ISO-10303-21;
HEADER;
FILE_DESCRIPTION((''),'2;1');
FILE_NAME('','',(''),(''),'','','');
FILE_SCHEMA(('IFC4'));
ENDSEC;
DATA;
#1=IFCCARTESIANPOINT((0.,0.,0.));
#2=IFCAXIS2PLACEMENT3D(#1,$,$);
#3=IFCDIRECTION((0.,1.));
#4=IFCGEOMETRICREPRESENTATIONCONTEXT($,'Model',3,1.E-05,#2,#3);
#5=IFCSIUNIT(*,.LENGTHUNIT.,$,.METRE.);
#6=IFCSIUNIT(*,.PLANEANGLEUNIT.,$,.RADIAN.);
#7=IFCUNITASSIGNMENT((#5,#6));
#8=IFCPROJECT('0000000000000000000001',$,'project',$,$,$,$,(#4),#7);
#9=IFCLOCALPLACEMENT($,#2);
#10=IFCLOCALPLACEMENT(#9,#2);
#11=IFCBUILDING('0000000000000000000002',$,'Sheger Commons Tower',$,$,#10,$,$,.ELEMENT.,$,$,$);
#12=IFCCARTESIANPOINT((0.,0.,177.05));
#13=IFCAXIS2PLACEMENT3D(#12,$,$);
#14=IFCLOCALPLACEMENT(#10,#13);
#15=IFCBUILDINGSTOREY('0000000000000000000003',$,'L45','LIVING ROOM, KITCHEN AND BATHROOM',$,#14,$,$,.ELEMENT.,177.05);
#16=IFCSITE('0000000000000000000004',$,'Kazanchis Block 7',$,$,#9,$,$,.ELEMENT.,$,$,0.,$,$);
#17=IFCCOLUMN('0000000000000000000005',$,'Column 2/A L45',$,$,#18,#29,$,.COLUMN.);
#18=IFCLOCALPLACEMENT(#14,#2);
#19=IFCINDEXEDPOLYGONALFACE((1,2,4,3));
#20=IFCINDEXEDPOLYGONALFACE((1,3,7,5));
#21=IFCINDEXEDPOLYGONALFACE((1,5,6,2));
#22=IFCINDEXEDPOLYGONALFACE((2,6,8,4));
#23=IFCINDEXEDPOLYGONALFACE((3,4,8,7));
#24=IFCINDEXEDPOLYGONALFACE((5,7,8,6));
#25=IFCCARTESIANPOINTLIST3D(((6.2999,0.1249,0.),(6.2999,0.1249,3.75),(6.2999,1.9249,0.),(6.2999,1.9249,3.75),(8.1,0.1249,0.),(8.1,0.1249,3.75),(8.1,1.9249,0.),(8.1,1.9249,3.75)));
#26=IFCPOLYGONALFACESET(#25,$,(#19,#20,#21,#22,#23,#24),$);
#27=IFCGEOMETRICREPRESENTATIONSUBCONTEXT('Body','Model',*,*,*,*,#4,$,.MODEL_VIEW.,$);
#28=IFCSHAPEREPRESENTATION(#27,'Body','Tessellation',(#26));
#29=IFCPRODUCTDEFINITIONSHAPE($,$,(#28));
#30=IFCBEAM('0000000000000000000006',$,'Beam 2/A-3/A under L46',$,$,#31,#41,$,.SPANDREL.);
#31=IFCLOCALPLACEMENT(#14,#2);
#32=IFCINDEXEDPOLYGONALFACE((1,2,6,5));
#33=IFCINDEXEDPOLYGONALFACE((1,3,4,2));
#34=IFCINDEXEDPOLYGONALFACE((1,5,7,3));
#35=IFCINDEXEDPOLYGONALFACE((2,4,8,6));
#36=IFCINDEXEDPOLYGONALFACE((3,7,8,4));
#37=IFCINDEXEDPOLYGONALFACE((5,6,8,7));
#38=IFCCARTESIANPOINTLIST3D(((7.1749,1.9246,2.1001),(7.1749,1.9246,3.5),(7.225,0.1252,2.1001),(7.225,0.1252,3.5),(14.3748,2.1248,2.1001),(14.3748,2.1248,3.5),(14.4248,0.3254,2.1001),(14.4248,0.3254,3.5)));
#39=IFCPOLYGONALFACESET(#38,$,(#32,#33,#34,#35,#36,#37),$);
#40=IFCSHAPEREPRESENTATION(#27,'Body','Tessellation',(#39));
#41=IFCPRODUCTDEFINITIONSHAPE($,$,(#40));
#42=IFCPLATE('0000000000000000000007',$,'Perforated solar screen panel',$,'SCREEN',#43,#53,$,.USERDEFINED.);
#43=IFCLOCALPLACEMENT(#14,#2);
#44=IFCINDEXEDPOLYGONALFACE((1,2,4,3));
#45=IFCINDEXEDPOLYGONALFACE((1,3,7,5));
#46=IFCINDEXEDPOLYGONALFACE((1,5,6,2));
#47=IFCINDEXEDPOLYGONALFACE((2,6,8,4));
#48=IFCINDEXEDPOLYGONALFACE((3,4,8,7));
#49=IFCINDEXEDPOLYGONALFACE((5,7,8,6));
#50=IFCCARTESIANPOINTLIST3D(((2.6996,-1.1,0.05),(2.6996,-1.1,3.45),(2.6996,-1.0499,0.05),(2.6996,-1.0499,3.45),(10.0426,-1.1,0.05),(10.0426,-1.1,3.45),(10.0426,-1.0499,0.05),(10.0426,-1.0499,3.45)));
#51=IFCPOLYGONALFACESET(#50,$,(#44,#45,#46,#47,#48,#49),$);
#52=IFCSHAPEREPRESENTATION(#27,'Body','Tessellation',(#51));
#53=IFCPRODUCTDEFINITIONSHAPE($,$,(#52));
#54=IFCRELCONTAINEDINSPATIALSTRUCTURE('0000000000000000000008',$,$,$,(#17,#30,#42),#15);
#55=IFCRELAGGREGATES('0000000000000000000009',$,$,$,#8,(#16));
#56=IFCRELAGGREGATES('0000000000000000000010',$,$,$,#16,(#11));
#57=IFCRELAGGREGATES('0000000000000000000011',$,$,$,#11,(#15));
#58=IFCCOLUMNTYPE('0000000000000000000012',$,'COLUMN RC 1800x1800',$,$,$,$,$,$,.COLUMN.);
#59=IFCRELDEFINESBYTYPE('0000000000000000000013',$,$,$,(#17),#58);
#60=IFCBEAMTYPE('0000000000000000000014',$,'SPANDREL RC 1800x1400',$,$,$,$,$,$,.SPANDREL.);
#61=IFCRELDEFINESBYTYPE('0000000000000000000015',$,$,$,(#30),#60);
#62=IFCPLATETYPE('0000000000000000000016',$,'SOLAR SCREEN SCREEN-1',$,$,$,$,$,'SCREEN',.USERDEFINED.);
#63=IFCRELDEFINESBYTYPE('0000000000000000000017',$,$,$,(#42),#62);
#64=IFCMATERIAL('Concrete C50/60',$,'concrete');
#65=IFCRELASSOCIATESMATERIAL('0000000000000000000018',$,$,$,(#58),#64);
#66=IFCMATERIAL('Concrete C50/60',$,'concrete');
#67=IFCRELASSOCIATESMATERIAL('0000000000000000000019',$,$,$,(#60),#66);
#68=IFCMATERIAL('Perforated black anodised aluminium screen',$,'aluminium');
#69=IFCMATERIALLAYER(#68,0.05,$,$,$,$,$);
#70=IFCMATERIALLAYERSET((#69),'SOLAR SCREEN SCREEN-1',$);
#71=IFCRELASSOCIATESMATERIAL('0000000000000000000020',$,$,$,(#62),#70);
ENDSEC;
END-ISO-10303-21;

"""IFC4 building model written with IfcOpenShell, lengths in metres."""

from ifc_helpers import new_model, si_unit, direction, frame, origin, origin_2d, place, context, subcontext, project, spatial, rectangle, extrude, material, layer, layer_set, material_profile, profile_set, type_object, element, save


model = new_model("IFC4")

# Units and contexts
model_context = context("Model", 3, precision=1e-05, world=origin(), true_north=direction((0.0, 1.0)))
body_context = subcontext(model_context, "Body", "Model", "MODEL_VIEW")
ifc_project = project(units=[si_unit("LENGTHUNIT", "METRE"), si_unit("PLANEANGLEUNIT", "RADIAN")], contexts=[model_context])

# Site, building, storey
site_placement = place(None, origin())
site = spatial("IfcSite", under=ifc_project, at=site_placement, Name="Kazanchis Block 7", CompositionType="ELEMENT", RefElevation=0.0)
building_placement = place(site_placement, origin())
building = spatial("IfcBuilding", under=site, at=building_placement, Name="Sheger Commons Tower", CompositionType="ELEMENT")
storey_placement = place(building_placement, frame((0.0, 0.0, 177.05)))
storey = spatial("IfcBuildingStorey", under=building, at=storey_placement, Name="L45", Description="LIVING ROOM, KITCHEN AND BATHROOM", CompositionType="ELEMENT", Elevation=177.05)

# Column
ifc_material_1 = material(Name="Concrete C50/60", Category="concrete")
ifc_material_profile_1 = material_profile(ifc_material_1, rectangle(XDim=1.8, YDim=1.8, at=origin_2d()), Name="RC 1800x1800")
ifc_profile_set_1 = profile_set([ifc_material_profile_1], Name="Concrete C50/60")
column_type = type_object("IfcColumnType", Name="COLUMN RC 1800x1800", PredefinedType="COLUMN", material=ifc_profile_set_1)
column_placement = place(storey_placement, frame((7.2, 1.0249, 0.0), z_axis=(0.0, 0.0, 1.0), x_axis=(1.0, 0.0, 0.0)))
element("IfcColumn", 1, at=column_placement, inside=storey, type_object=column_type, Name="Column 2/A L45", PredefinedType="COLUMN", context=body_context, shape_type="SweptSolid", body=[
    extrude(rectangle(XDim=1.8, YDim=1.8, at=origin_2d()), origin(), (0.0, 0.0, 1.0), 3.75),
])

# Beam
ifc_material_2 = material(Name="Concrete C50/60", Category="concrete")
ifc_material_profile_2 = material_profile(ifc_material_2, rectangle(XDim=1.8, YDim=1.3999, at=origin_2d()), Name="RC 1800x1400")
ifc_profile_set_2 = profile_set([ifc_material_profile_2], Name="Concrete C50/60")
beam_type = type_object("IfcBeamType", Name="SPANDREL RC 1800x1400", PredefinedType="SPANDREL", material=ifc_profile_set_2)
beam_placement = place(storey_placement, frame((7.2, 1.0249, 2.8), z_axis=(0.999614, 0.027794, 0.0), x_axis=(-0.027794, 0.999614, 0.0)))
element("IfcBeam", 2, at=beam_placement, inside=storey, type_object=beam_type, Name="Beam 2/A-3/A under L46", PredefinedType="SPANDREL", context=body_context, shape_type="SweptSolid", body=[
    extrude(rectangle(XDim=1.8, YDim=1.3999, at=origin_2d()), origin(), (0.0, 0.0, 1.0), 7.2026),
])

# Plate
ifc_material_3 = material(Name="Perforated black anodised aluminium screen", Category="aluminium")
ifc_layer_1 = layer(ifc_material_3, 0.05)
ifc_layer_set_1 = layer_set([ifc_layer_1], Name="SOLAR SCREEN SCREEN-1")
plate_type = type_object("IfcPlateType", Name="SOLAR SCREEN SCREEN-1", ElementType="SCREEN", PredefinedType="USERDEFINED", material=ifc_layer_set_1)
plate_placement = place(storey_placement, frame((6.3711, -1.075, 0.05), z_axis=(0.0, 0.0, 1.0), x_axis=(1.0, 0.0, 0.0)))
element("IfcPlate", 3, at=plate_placement, inside=storey, type_object=plate_type, Name="Perforated solar screen panel", ObjectType="SCREEN", PredefinedType="USERDEFINED", context=body_context, shape_type="SweptSolid", body=[
    extrude(rectangle(XDim=7.343, YDim=0.05, at=origin_2d()), origin(), (0.0, 0.0, 1.0), 3.3999),
])

save(model, "model.ifc")
